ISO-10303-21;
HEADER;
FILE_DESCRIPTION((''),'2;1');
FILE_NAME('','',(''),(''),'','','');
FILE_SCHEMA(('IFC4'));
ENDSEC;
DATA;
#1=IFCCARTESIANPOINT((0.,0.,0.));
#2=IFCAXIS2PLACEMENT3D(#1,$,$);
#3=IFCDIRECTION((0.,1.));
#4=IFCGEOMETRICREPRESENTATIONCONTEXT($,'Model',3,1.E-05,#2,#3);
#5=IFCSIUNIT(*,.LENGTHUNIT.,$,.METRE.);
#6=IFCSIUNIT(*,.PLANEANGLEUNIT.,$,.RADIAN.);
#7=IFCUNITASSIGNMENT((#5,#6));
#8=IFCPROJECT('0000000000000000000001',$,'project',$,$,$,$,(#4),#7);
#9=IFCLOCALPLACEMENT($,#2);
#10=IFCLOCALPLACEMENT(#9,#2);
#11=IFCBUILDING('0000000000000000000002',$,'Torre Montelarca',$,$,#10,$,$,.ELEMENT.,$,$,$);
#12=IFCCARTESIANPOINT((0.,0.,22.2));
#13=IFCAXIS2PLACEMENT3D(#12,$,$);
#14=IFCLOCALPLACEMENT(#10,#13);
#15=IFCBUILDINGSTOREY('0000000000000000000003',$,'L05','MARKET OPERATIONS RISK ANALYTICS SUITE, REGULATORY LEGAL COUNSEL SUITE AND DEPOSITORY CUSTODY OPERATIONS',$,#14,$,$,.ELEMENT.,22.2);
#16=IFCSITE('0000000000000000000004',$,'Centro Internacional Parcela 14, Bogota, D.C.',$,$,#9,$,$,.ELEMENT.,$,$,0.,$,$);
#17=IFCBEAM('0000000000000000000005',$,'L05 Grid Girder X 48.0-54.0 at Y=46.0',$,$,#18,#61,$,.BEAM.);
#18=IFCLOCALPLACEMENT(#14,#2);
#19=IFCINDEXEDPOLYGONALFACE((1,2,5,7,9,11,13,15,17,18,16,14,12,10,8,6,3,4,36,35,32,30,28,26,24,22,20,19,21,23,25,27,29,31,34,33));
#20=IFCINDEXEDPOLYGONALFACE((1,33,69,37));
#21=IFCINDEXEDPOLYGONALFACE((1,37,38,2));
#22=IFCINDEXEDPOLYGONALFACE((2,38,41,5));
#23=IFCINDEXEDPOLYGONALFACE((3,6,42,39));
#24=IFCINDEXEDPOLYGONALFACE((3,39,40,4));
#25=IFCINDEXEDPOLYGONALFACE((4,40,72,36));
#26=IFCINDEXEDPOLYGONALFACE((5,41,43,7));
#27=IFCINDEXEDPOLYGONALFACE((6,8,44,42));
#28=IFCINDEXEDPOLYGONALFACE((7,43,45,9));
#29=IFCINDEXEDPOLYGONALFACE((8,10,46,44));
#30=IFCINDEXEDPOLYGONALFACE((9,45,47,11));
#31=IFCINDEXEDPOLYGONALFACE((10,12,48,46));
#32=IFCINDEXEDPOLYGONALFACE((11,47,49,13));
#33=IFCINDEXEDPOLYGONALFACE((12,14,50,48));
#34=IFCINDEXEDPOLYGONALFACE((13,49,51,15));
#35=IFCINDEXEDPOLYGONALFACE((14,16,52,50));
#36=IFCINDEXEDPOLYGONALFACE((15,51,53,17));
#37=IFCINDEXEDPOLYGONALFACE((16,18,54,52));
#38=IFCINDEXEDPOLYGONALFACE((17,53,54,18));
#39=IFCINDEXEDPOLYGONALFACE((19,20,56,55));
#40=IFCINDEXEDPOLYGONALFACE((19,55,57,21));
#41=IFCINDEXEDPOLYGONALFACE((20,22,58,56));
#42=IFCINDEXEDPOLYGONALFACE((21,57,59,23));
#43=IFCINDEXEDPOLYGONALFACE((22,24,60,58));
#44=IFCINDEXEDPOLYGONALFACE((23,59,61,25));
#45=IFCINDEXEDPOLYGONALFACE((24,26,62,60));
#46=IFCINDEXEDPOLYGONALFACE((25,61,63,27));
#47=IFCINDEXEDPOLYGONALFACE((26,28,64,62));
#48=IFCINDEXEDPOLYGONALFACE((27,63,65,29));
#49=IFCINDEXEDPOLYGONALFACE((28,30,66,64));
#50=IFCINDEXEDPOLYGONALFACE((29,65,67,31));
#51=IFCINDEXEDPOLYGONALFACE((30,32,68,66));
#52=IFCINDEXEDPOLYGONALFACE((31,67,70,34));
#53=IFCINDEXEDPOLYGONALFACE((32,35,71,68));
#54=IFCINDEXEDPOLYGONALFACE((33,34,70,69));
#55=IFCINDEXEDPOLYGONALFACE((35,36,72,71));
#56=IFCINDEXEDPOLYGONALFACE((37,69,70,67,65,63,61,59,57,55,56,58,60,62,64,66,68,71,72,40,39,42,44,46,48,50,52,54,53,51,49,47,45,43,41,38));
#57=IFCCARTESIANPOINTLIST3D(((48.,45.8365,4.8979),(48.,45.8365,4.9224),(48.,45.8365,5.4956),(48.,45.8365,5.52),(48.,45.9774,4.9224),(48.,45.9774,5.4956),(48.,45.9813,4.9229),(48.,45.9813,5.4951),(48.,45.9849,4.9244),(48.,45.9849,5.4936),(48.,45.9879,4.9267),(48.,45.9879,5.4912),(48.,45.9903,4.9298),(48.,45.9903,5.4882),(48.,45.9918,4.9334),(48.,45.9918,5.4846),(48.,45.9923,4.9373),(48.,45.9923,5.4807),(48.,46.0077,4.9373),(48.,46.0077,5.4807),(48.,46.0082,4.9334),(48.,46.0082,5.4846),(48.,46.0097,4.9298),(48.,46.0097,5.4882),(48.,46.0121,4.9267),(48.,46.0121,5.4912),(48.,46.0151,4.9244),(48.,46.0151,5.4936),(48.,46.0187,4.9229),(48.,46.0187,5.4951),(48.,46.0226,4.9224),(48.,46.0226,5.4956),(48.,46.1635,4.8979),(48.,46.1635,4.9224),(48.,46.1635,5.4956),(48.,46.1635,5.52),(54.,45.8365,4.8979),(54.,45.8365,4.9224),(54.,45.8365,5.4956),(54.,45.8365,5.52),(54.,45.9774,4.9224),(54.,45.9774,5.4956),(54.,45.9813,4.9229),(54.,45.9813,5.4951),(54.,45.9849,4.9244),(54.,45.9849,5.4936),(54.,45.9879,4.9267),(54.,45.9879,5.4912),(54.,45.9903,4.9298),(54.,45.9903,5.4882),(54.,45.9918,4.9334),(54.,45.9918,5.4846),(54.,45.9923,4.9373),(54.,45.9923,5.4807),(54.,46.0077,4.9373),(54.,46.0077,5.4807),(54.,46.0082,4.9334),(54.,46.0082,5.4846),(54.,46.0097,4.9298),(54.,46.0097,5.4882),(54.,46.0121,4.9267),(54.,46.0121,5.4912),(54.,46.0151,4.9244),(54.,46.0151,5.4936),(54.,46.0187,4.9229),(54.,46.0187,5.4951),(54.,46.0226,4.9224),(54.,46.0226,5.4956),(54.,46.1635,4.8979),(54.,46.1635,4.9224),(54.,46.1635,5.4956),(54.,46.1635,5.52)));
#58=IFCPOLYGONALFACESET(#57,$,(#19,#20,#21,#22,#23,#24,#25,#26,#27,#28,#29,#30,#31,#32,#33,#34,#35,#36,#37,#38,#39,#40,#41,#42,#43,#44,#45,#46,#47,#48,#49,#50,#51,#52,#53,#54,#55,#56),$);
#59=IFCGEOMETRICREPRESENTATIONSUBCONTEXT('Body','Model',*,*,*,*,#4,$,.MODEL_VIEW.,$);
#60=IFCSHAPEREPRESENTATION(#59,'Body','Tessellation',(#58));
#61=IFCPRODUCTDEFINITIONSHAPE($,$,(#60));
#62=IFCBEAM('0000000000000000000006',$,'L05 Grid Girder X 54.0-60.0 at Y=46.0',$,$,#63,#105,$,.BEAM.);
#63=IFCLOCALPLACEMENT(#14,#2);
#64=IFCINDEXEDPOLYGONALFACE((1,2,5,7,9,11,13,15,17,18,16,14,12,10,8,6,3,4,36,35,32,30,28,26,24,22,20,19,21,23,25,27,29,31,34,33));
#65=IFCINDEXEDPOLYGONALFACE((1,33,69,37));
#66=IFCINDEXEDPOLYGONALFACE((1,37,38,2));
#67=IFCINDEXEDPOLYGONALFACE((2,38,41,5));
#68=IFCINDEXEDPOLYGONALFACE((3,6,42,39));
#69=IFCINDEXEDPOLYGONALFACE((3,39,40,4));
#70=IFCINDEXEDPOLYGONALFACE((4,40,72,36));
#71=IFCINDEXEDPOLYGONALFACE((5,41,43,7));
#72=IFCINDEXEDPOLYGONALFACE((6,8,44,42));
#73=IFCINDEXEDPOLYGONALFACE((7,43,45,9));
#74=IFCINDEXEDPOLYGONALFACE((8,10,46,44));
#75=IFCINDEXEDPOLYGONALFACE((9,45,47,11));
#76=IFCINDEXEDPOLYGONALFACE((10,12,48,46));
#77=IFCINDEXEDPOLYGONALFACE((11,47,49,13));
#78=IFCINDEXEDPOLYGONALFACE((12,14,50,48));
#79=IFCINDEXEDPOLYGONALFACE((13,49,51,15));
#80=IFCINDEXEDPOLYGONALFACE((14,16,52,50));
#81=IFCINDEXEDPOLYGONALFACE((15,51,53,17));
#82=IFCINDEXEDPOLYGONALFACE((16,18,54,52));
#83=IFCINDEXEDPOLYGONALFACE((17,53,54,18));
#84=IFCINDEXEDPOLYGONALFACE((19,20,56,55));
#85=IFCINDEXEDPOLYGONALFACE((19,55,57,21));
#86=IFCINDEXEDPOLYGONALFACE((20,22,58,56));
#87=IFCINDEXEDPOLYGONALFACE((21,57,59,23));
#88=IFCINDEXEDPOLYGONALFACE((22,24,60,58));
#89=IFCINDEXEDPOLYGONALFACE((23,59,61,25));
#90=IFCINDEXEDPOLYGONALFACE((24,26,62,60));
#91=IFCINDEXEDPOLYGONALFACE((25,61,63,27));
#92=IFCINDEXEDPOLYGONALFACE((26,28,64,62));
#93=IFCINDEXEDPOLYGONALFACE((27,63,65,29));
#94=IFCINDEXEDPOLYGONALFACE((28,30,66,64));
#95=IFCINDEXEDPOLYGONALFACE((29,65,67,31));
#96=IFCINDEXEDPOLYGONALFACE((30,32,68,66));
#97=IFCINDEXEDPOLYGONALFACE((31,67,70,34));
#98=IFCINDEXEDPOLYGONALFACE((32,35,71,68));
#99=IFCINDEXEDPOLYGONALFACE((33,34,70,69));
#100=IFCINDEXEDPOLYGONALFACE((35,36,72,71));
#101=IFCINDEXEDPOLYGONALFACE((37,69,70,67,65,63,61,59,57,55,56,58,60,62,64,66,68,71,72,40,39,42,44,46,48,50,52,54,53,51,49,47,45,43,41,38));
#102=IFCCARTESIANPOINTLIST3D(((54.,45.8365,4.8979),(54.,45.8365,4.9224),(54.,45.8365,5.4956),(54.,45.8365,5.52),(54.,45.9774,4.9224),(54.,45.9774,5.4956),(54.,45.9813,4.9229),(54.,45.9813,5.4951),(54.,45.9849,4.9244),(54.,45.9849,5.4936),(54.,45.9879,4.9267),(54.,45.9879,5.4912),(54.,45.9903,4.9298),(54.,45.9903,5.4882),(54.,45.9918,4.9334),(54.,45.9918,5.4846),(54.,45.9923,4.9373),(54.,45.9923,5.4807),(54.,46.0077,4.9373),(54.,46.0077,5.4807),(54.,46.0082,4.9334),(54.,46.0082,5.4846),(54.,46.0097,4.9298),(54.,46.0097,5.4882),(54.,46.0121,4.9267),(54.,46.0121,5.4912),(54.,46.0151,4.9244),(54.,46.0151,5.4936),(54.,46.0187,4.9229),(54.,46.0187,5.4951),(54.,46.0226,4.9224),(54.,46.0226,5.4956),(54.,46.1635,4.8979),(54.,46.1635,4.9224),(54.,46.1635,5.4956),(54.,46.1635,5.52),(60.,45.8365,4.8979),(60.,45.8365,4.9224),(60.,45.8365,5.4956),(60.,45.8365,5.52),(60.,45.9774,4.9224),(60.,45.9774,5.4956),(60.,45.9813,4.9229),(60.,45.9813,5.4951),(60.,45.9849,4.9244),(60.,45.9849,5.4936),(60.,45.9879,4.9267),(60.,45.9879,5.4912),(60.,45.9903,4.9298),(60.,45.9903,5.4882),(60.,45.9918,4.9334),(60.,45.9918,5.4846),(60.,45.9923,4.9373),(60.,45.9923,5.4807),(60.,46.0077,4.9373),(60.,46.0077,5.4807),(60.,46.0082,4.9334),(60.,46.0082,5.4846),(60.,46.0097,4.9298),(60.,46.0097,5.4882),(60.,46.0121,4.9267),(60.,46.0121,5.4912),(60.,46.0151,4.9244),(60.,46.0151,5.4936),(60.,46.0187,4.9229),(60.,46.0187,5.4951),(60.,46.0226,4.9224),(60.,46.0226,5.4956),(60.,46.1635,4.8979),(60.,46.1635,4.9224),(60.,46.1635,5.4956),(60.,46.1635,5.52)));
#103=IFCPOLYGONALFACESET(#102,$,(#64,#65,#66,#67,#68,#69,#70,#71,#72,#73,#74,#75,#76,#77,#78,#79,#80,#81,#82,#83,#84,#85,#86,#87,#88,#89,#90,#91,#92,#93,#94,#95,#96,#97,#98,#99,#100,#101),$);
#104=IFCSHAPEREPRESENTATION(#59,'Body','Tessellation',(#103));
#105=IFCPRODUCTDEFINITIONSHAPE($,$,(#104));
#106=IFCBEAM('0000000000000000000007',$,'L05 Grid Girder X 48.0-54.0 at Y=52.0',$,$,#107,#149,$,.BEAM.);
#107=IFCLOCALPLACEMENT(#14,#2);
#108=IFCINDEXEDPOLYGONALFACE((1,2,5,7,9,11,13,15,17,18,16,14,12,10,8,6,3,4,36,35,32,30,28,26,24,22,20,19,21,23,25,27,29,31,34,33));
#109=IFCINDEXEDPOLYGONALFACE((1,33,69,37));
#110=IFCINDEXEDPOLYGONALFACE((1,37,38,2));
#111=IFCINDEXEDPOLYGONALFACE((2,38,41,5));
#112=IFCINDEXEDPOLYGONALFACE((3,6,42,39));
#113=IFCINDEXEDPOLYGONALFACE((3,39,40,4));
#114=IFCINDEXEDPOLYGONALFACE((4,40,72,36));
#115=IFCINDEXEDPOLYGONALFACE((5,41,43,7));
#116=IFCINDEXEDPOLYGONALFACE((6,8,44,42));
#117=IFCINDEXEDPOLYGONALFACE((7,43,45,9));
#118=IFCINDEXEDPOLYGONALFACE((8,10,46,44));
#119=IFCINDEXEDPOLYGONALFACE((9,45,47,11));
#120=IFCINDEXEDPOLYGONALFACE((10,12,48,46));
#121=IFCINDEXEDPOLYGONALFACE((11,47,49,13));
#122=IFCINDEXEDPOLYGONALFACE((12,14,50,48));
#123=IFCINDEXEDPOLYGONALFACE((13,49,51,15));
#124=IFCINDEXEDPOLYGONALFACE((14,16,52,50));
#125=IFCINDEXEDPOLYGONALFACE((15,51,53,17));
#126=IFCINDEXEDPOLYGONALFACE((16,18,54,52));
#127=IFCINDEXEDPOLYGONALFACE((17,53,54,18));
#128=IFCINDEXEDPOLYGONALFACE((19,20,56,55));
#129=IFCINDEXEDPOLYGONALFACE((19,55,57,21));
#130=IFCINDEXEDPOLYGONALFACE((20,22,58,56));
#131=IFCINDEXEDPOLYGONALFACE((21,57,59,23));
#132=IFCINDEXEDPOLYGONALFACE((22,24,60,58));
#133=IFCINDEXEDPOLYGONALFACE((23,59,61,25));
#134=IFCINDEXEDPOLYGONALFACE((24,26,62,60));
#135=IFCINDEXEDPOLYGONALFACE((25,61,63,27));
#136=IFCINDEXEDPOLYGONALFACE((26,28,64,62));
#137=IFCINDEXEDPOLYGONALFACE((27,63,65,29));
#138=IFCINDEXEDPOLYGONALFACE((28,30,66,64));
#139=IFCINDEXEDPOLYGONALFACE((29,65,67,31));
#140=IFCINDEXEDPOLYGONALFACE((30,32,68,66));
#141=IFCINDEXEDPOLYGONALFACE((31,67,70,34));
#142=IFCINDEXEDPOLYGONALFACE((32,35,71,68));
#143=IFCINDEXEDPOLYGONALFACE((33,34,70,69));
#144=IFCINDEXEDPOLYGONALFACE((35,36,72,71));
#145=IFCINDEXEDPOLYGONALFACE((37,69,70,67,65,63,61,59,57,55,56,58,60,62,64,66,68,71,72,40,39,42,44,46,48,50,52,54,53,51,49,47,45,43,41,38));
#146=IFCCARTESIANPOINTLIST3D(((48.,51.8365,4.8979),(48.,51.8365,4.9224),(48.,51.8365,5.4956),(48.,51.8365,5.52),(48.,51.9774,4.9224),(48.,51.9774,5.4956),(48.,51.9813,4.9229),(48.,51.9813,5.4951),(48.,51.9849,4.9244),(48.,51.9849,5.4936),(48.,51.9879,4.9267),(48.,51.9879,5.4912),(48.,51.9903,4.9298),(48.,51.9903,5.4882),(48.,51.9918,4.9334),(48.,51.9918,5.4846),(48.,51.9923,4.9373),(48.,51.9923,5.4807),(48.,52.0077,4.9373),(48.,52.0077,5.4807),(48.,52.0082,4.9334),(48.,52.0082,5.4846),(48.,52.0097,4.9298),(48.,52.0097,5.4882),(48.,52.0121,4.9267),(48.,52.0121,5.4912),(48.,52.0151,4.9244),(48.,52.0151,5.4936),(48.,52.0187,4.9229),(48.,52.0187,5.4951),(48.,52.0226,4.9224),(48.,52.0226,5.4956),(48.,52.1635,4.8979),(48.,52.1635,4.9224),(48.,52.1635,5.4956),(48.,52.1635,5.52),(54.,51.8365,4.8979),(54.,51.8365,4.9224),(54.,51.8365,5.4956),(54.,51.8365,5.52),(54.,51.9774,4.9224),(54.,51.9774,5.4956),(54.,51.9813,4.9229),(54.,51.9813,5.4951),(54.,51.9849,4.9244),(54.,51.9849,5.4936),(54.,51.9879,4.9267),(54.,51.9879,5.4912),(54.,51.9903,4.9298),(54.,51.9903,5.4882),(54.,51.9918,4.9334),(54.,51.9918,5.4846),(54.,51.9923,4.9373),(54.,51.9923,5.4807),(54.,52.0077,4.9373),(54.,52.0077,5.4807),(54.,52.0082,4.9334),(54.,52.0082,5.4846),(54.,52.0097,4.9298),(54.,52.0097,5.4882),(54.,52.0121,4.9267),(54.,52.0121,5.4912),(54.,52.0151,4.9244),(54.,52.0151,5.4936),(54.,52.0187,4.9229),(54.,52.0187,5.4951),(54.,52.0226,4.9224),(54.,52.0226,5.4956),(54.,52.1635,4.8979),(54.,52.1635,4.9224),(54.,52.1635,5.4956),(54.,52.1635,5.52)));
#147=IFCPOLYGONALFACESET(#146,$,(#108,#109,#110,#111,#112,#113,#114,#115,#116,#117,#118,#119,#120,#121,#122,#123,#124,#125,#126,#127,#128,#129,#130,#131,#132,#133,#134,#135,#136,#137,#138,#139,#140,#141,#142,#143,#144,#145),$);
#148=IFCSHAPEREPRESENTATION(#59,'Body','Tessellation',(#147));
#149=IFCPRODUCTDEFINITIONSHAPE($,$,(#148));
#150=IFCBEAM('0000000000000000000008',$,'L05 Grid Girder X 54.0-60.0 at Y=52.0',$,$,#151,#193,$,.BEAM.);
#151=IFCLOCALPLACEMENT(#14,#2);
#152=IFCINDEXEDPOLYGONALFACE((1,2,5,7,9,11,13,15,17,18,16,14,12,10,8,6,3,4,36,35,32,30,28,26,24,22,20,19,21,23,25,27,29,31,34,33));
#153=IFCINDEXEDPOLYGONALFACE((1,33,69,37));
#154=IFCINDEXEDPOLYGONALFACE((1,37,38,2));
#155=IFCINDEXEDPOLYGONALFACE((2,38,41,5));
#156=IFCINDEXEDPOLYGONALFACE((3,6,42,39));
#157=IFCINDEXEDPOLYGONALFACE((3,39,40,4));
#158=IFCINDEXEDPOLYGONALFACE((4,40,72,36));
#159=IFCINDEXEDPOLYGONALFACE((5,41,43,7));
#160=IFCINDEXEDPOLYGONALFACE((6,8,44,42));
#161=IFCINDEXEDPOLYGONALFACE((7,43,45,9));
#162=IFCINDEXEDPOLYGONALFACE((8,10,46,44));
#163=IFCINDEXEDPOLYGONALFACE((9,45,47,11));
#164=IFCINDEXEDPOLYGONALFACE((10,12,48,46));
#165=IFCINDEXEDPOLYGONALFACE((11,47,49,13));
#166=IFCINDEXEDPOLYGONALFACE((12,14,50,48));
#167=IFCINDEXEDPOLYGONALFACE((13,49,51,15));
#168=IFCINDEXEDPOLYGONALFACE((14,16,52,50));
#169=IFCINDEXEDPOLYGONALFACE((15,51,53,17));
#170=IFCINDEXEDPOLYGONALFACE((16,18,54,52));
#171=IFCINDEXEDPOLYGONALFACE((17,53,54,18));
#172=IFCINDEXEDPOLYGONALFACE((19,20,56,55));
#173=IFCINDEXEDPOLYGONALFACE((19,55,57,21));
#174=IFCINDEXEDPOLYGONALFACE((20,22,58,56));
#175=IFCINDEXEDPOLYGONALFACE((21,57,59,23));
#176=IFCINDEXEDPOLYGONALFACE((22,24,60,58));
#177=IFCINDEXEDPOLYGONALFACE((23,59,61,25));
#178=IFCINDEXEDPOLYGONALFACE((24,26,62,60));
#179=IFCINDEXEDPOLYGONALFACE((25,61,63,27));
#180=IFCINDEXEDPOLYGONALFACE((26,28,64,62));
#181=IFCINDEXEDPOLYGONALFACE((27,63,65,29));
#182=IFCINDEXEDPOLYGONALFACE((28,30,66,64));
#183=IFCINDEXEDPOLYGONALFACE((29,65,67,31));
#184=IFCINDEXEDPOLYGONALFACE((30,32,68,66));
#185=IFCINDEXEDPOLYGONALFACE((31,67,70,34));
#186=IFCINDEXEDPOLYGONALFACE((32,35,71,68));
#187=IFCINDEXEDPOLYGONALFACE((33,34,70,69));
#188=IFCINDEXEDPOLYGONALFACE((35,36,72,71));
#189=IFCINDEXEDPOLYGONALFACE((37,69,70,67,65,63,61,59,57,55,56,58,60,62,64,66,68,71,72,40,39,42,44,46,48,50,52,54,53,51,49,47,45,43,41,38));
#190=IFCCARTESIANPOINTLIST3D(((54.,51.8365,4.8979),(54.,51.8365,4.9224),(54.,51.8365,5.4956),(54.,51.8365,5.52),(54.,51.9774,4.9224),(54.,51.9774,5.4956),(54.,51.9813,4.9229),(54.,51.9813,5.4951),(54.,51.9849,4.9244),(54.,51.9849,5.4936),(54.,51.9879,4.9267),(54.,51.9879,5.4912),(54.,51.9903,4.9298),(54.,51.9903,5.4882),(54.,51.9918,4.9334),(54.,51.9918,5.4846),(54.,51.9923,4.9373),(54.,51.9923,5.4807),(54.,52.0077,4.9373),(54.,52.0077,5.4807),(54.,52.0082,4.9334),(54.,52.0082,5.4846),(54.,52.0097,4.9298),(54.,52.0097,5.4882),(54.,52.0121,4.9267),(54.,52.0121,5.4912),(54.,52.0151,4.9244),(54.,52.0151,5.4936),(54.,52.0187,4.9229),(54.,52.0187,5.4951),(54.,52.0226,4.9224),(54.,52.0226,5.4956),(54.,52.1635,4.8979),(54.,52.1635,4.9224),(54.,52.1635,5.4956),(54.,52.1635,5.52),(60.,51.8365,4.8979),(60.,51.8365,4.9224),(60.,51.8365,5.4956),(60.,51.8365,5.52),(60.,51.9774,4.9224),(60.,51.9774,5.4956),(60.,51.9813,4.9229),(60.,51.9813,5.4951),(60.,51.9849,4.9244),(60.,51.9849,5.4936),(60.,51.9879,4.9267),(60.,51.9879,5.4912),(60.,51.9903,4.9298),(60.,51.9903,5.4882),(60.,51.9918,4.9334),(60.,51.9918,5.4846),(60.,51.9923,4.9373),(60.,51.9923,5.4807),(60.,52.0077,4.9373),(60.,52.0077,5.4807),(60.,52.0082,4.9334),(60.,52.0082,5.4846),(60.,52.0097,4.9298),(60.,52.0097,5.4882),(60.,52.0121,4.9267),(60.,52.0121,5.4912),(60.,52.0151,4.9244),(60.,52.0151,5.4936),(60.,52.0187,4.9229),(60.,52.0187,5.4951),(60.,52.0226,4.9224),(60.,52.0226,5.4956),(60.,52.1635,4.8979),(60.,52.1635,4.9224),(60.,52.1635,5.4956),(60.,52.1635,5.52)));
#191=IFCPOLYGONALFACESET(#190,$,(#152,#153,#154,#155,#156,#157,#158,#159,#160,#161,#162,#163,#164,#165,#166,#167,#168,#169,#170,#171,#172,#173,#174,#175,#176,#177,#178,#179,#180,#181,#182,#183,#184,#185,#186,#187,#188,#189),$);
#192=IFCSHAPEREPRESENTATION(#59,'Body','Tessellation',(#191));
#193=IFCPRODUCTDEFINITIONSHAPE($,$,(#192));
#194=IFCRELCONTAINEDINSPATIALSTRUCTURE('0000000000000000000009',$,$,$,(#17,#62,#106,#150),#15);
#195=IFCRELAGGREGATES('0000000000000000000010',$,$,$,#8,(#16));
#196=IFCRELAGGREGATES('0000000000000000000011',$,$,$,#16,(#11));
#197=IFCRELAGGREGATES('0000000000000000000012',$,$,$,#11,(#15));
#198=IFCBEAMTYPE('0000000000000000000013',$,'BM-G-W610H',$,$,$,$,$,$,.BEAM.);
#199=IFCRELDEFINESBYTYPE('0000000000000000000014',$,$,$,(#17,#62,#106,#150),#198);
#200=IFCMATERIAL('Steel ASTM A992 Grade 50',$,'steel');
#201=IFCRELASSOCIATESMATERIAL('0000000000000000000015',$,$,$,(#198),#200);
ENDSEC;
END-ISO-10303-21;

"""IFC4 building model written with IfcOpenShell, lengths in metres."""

from ifc_helpers import new_model, si_unit, direction, frame, origin, origin_2d, place, context, subcontext, project, spatial, i_section, extrude, source, transform, mapped, material, material_profile, profile_set, type_object, element, save


model = new_model("IFC4")

# Units and contexts
model_context = context("Model", 3, precision=1e-05, world=origin(), true_north=direction((0.0, 1.0)))
body_context = subcontext(model_context, "Body", "Model", "MODEL_VIEW")
ifc_project = project(units=[si_unit("LENGTHUNIT", "METRE"), si_unit("PLANEANGLEUNIT", "RADIAN")], contexts=[model_context])

# Site, building, storey
site_placement = place(None, origin())
site = spatial("IfcSite", under=ifc_project, at=site_placement, Name="Centro Internacional Parcela 14, Bogota, D.C.", CompositionType="ELEMENT", RefElevation=0.0)
building_placement = place(site_placement, origin())
building = spatial("IfcBuilding", under=site, at=building_placement, Name="Torre Montelarca", CompositionType="ELEMENT")
storey_placement = place(building_placement, frame((0.0, 0.0, 22.2)))
storey = spatial("IfcBuildingStorey", under=building, at=storey_placement, Name="L05", Description="MARKET OPERATIONS RISK ANALYTICS SUITE, REGULATORY LEGAL COUNSEL SUITE AND DEPOSITORY CUSTODY OPERATIONS", CompositionType="ELEMENT", Elevation=22.2)

# Shared definitions
ifc_material_1 = material(Name="Steel ASTM A992 Grade 50", Category="steel")

# Beams
ifc_material_profile_1 = material_profile(ifc_material_1, i_section(OverallWidth=0.3269, OverallDepth=0.6221, WebThickness=0.0154, FlangeThickness=0.0244, FilletRadius=0.0149, at=origin_2d()), Name="W610X195", Category="steel")
ifc_profile_set_1 = profile_set([ifc_material_profile_1], Name="Steel ASTM A992 Grade 50")
beam_type_1 = type_object("IfcBeamType", Name="BM-G-W610H", PredefinedType="BEAM", material=ifc_profile_set_1)
shared_shape_1 = source(origin(), body_context, "Body", "SweptSolid", [
    extrude(i_section(OverallWidth=0.3269, OverallDepth=0.6221, WebThickness=0.0154, FlangeThickness=0.0244, FilletRadius=0.0149, at=origin_2d()), origin(), (0.0, 0.0, 1.0), 6.0),
])
for number, where, z_axis, x_axis, name in (
    (1, (48.0, 46.0, 5.209), (1.0, 0.0, 0.0), (0.0, 1.0, 0.0), "L05 Grid Girder X 48.0-54.0 at Y=46.0"),
    (2, (54.0, 46.0, 5.209), (1.0, 0.0, 0.0), (0.0, 1.0, 0.0), "L05 Grid Girder X 54.0-60.0 at Y=46.0"),
    (3, (48.0, 52.0, 5.209), (1.0, 0.0, 0.0), (0.0, 1.0, 0.0), "L05 Grid Girder X 48.0-54.0 at Y=52.0"),
    (4, (54.0, 52.0, 5.209), (1.0, 0.0, 0.0), (0.0, 1.0, 0.0), "L05 Grid Girder X 54.0-60.0 at Y=52.0"),
):
    element("IfcBeam", number, at=place(storey_placement, frame(where, z_axis=z_axis, x_axis=x_axis)), inside=storey, type_object=beam_type_1, Name=name, PredefinedType="BEAM", context=body_context, shape_type="MappedRepresentation", body=[
        mapped(shared_shape_1, transform((0.0, 0.0, 0.0), scale=1.0)),
    ])

save(model, "model.ifc")
